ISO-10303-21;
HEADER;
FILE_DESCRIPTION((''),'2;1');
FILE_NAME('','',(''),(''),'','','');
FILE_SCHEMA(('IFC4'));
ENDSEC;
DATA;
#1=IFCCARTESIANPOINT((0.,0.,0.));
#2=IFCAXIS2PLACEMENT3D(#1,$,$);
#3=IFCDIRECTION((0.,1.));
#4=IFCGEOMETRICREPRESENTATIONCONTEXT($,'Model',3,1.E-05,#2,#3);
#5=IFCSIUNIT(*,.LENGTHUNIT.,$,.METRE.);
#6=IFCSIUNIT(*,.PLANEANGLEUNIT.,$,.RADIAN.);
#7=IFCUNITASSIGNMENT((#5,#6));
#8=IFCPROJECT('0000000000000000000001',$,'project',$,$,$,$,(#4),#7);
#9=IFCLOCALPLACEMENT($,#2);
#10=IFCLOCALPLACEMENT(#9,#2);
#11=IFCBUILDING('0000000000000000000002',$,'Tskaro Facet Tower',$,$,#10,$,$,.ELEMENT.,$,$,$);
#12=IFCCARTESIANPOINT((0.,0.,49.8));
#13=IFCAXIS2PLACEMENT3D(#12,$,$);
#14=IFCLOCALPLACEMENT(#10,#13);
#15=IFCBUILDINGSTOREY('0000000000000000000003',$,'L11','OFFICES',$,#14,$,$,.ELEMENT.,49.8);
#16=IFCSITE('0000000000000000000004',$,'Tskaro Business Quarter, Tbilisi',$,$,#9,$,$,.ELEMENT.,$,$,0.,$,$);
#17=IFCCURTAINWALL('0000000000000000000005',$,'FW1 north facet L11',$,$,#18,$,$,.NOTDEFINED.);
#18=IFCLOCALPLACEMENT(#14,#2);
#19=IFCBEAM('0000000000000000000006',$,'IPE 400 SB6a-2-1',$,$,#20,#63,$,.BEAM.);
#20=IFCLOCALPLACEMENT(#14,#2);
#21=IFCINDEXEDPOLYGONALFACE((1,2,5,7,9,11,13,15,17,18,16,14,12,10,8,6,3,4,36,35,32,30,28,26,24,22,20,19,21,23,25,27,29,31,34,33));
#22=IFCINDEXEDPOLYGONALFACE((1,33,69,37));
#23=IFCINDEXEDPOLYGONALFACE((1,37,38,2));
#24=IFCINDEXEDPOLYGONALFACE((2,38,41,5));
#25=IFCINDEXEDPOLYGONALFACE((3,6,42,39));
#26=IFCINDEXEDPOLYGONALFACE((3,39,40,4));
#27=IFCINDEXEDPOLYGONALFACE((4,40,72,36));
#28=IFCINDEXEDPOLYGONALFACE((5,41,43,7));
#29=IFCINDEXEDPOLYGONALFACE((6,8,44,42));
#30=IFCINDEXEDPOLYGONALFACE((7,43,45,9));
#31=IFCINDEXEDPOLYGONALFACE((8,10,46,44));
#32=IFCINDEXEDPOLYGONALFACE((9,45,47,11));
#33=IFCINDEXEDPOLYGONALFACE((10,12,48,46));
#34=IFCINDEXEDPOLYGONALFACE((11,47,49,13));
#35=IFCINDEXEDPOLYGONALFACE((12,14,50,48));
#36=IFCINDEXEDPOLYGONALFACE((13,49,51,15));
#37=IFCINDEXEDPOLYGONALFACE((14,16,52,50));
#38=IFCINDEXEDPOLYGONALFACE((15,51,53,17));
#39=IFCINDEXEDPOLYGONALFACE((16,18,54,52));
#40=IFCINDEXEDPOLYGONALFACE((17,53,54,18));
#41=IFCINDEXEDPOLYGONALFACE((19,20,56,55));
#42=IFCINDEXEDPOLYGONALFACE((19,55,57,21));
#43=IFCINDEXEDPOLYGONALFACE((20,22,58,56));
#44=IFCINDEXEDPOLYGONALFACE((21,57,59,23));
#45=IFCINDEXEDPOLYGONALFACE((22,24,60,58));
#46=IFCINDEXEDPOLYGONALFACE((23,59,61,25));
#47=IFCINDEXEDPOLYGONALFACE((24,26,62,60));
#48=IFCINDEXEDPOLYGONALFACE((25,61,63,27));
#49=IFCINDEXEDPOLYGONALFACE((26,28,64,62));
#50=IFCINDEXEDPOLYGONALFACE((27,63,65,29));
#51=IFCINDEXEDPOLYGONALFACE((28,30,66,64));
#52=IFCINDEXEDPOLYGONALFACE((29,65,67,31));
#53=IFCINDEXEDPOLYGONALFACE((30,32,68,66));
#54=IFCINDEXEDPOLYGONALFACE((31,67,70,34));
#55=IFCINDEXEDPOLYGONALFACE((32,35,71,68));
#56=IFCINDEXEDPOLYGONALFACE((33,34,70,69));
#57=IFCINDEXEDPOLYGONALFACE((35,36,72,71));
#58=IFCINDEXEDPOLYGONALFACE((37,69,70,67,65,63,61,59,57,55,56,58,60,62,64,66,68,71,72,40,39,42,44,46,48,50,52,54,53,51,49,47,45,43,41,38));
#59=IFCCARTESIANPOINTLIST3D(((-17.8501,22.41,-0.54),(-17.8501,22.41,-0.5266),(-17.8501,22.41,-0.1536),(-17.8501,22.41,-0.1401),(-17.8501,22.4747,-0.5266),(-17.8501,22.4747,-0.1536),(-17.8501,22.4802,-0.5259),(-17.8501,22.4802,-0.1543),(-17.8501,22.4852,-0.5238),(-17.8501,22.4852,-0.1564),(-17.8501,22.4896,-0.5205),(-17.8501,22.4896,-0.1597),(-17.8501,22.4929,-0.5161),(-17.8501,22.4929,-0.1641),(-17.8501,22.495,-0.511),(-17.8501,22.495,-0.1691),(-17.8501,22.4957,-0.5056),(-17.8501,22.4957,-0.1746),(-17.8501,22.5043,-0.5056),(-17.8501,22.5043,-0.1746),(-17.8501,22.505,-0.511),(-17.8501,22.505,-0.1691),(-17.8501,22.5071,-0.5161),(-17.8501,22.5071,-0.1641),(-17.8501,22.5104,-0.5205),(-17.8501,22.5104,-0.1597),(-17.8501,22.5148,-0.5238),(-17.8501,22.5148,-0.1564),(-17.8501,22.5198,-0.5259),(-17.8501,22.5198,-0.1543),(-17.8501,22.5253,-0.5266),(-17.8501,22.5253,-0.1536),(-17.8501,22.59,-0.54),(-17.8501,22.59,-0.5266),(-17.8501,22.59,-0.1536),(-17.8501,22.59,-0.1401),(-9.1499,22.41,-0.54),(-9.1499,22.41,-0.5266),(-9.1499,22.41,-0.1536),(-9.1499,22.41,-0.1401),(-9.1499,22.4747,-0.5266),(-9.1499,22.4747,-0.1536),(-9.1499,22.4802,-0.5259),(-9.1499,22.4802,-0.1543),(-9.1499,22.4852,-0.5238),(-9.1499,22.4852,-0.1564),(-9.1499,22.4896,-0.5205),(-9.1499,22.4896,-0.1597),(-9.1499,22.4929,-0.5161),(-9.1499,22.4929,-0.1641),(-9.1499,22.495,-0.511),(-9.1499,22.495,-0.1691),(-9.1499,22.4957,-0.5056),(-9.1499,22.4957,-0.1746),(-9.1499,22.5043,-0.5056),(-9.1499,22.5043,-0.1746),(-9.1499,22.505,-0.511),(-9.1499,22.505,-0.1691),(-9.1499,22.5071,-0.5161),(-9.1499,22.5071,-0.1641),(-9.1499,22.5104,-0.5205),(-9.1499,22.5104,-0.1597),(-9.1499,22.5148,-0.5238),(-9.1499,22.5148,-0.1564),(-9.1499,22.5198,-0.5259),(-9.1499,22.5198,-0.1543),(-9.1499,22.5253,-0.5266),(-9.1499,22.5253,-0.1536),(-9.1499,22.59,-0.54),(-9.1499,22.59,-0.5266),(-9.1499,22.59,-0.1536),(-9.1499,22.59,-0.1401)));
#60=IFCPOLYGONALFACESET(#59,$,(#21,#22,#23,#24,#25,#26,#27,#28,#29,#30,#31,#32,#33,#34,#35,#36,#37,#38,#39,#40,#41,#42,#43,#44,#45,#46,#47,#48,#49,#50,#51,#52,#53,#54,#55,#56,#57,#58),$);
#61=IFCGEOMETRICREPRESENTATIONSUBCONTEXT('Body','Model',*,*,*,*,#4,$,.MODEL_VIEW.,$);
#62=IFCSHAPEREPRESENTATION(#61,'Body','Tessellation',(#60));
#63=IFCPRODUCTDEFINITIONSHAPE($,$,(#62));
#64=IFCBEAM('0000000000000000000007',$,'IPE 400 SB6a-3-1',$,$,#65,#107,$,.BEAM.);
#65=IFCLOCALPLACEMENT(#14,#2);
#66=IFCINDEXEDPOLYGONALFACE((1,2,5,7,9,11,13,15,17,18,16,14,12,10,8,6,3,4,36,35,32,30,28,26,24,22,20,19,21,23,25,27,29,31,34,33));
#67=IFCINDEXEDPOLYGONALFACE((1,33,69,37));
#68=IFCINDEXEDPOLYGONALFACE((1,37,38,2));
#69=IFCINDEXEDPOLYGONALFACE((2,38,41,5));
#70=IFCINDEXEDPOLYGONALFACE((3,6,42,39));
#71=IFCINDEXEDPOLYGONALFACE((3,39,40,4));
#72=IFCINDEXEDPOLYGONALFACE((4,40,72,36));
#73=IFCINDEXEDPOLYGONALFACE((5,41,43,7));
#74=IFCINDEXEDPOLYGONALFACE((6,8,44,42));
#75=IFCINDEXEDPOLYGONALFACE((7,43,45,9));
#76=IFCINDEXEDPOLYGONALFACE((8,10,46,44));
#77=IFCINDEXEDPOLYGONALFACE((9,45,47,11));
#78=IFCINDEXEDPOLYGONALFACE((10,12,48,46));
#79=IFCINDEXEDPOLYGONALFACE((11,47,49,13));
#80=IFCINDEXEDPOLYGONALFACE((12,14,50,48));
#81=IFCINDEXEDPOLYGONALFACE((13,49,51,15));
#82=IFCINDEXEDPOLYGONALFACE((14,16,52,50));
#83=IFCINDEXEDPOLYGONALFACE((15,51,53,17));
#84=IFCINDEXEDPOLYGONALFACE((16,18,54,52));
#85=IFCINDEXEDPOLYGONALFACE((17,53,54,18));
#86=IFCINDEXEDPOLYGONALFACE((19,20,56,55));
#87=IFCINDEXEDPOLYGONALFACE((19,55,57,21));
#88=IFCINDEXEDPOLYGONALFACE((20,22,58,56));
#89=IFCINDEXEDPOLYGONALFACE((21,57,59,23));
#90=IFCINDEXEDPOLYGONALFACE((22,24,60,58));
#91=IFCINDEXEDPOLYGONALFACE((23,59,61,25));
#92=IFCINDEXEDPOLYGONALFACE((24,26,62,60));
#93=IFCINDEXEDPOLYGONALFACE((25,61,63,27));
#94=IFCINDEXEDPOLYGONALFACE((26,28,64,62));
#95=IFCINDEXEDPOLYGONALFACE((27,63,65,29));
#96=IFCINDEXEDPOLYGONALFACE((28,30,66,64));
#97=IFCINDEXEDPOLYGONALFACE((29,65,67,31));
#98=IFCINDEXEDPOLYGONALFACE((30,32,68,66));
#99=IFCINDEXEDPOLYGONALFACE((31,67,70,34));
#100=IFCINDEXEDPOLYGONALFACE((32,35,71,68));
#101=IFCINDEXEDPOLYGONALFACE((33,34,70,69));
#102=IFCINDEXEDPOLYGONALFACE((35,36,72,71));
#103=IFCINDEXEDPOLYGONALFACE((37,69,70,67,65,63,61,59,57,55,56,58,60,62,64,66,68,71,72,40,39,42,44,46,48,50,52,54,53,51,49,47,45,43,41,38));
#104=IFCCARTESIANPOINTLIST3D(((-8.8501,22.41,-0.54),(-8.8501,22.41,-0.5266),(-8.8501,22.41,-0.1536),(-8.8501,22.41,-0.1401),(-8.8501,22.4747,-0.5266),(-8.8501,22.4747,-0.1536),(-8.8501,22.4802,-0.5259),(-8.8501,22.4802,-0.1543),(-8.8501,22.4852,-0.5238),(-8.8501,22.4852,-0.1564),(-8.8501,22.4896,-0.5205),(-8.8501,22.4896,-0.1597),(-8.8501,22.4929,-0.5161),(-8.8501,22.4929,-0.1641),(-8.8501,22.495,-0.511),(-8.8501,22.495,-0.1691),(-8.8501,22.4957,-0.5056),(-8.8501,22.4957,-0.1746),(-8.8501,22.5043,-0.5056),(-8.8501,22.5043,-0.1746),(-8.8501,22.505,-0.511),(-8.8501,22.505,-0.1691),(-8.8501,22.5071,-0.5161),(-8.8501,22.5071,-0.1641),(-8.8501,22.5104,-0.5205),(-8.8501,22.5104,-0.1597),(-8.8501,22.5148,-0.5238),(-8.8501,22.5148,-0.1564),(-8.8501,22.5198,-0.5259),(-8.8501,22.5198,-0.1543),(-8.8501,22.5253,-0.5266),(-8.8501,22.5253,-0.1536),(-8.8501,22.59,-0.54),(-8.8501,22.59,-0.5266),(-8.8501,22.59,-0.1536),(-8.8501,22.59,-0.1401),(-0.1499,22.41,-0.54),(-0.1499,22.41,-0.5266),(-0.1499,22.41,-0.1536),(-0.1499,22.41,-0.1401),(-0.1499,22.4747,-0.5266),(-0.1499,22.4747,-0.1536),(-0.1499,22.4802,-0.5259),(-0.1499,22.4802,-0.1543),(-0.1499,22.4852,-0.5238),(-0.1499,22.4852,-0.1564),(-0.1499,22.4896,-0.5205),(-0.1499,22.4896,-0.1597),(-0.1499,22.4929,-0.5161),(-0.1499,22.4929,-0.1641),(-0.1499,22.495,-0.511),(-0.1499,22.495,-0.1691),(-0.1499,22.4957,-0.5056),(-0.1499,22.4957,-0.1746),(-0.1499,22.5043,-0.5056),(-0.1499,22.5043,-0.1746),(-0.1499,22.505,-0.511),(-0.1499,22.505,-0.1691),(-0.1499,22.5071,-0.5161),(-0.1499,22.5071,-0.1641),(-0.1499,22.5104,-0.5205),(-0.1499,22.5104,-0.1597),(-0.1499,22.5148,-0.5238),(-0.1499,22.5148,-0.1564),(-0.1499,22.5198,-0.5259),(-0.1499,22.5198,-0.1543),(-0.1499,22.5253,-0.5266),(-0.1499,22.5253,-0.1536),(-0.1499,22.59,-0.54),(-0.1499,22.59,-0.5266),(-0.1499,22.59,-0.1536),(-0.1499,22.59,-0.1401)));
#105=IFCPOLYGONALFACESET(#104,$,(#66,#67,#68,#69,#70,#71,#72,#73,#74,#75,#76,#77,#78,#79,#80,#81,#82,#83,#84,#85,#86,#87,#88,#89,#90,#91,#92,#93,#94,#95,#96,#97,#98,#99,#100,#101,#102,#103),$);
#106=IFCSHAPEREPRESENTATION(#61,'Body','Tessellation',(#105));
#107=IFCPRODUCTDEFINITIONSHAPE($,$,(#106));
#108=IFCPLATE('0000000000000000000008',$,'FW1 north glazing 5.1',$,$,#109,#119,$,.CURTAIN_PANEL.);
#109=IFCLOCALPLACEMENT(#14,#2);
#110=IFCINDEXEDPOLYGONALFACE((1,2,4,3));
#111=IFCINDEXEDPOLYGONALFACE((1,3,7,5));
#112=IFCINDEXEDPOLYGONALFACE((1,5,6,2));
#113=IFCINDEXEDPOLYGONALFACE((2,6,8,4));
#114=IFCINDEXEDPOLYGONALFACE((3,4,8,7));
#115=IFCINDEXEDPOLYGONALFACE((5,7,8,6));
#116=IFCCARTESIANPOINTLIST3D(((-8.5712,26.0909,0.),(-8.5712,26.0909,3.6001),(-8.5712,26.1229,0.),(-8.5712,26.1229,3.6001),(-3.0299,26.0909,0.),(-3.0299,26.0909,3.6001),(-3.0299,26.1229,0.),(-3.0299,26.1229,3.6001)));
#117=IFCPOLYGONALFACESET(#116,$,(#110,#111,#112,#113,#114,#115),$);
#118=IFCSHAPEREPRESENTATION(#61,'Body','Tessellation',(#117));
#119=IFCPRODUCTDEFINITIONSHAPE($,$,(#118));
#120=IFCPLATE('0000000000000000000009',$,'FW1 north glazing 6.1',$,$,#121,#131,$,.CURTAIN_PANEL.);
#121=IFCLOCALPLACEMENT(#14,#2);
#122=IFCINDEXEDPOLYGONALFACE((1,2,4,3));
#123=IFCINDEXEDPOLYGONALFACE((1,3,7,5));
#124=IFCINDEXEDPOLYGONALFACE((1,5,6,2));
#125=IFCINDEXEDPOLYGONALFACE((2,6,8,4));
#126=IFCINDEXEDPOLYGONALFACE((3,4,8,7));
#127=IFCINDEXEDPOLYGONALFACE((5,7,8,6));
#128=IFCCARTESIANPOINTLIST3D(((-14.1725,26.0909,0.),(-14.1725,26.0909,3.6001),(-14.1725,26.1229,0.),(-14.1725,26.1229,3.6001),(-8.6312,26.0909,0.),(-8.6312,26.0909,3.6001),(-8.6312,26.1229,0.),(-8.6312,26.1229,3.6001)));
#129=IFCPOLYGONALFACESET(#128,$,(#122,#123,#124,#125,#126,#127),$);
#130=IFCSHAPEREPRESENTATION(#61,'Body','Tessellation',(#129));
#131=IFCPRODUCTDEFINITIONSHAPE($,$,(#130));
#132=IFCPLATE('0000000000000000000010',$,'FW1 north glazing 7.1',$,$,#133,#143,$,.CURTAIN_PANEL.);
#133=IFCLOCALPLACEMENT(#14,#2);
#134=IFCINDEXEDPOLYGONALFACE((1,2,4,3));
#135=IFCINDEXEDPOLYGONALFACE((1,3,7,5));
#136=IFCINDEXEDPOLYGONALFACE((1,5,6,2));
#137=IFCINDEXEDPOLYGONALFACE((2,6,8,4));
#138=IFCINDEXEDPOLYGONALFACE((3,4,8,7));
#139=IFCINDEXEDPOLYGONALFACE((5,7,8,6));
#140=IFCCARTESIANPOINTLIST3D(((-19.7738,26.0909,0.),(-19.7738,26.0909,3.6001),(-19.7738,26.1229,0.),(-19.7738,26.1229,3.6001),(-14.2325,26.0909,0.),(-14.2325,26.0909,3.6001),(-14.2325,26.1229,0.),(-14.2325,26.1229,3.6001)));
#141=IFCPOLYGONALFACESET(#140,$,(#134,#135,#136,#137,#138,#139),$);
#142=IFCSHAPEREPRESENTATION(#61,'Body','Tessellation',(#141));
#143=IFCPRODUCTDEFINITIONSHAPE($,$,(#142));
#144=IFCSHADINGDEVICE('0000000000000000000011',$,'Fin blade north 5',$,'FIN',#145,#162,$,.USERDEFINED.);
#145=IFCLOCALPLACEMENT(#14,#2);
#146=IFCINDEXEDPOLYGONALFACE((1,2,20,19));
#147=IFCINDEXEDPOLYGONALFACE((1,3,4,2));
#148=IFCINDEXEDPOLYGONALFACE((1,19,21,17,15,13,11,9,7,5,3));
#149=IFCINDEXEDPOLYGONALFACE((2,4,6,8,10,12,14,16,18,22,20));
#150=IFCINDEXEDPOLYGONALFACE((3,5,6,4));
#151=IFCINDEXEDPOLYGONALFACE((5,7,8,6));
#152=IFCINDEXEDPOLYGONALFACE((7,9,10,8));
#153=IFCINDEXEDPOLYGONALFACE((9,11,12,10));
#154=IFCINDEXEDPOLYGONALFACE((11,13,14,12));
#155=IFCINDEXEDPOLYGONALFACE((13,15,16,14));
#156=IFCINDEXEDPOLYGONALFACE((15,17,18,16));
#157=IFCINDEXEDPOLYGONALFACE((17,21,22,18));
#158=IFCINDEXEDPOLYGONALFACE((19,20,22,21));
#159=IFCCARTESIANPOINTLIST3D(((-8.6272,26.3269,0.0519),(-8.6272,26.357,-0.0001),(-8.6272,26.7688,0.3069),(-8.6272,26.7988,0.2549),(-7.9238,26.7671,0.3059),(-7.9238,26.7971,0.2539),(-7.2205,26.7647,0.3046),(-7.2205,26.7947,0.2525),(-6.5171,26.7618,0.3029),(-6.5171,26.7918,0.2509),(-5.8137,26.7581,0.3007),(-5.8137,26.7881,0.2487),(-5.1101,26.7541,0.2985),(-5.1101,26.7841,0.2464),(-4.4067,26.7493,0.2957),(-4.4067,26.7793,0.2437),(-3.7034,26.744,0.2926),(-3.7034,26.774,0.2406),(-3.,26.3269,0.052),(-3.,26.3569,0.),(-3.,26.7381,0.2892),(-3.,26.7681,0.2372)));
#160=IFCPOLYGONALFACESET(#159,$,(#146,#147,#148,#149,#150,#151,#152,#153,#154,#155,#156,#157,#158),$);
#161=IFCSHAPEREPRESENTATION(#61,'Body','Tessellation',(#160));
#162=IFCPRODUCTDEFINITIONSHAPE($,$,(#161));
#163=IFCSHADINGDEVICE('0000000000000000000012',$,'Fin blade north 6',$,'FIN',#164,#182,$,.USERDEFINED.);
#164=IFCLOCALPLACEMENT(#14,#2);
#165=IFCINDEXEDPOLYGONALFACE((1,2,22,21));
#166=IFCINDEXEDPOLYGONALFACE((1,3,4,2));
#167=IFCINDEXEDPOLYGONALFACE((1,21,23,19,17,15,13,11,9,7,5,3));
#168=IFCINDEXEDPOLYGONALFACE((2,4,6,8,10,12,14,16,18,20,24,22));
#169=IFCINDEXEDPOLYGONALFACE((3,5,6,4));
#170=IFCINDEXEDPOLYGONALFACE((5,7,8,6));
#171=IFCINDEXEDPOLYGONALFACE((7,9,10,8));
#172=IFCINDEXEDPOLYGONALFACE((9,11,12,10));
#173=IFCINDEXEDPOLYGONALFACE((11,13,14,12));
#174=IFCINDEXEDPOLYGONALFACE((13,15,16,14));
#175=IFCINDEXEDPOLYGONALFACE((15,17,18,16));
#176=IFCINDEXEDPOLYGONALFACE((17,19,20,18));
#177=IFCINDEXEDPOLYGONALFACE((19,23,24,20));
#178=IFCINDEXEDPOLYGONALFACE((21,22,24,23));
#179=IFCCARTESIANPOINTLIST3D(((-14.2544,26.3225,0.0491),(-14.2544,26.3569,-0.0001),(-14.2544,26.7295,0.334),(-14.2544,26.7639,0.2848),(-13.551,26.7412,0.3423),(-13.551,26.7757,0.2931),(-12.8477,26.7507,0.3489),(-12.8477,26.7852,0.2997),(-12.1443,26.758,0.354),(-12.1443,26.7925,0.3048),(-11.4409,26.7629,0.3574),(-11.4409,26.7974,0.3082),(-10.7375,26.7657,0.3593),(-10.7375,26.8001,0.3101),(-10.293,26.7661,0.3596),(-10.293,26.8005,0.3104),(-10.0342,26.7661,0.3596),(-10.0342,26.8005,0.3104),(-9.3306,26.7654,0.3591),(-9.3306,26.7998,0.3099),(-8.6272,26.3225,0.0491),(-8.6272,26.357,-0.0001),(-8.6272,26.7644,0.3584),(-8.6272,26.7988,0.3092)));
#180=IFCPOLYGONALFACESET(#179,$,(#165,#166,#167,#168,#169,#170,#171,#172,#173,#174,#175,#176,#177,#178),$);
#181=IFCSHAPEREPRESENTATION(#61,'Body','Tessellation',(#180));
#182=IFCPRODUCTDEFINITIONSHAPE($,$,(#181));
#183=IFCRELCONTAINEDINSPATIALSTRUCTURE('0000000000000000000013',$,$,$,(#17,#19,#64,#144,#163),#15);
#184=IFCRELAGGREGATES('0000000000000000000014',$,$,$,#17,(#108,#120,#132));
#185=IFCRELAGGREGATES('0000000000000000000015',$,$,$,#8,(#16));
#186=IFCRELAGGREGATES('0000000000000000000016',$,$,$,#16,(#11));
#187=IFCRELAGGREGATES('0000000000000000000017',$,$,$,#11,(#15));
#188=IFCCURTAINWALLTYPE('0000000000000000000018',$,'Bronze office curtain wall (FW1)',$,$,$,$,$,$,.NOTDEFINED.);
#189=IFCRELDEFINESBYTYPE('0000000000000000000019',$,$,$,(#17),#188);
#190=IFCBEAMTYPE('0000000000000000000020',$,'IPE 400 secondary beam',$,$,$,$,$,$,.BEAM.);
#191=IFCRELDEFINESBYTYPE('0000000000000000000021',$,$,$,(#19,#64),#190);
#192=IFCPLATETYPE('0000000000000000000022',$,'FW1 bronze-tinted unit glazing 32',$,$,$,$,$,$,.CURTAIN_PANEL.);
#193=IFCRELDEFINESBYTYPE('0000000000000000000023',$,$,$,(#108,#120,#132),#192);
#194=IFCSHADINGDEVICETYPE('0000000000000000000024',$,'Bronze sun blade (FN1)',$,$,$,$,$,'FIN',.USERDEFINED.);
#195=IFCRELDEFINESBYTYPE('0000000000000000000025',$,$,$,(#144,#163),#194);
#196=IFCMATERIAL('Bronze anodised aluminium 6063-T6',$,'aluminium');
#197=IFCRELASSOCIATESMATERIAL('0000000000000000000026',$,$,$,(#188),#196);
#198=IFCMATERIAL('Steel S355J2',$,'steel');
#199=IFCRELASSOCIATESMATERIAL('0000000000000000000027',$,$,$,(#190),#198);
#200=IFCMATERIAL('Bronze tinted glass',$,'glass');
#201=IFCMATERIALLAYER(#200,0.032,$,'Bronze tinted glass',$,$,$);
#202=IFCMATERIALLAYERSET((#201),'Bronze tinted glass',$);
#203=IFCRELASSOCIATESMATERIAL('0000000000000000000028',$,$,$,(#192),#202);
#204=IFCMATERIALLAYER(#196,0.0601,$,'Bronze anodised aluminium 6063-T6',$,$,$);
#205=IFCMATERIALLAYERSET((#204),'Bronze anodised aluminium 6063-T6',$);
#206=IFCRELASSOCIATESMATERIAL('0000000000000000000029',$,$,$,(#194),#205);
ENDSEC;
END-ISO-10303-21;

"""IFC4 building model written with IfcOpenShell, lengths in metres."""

from ifc_helpers import new_model, si_unit, direction, frame, origin, origin_2d, place, context, subcontext, project, spatial, polyline, rectangle, i_section, outline, extrude, material, layer, layer_set, material_profile, profile_set, type_object, element, aggregate, save


model = new_model("IFC4")

# Units and contexts
model_context = context("Model", 3, precision=1e-05, world=origin(), true_north=direction((0.0, 1.0)))
body_context = subcontext(model_context, "Body", "Model", "MODEL_VIEW")
ifc_project = project(units=[si_unit("LENGTHUNIT", "METRE"), si_unit("PLANEANGLEUNIT", "RADIAN")], contexts=[model_context])

# Site, building, storey
site_placement = place(None, origin())
site = spatial("IfcSite", under=ifc_project, at=site_placement, Name="Tskaro Business Quarter, Tbilisi", CompositionType="ELEMENT", RefElevation=0.0)
building_placement = place(site_placement, origin())
building = spatial("IfcBuilding", under=site, at=building_placement, Name="Tskaro Facet Tower", CompositionType="ELEMENT")
storey_placement = place(building_placement, frame((0.0, 0.0, 49.8)))
storey = spatial("IfcBuildingStorey", under=building, at=storey_placement, Name="L11", Description="OFFICES", CompositionType="ELEMENT", Elevation=49.8)

# Curtain wall
ifc_material_1 = material(Name="Bronze anodised aluminium 6063-T6", Category="aluminium")
curtain_wall_type = type_object("IfcCurtainWallType", Name="Bronze office curtain wall (FW1)", PredefinedType="NOTDEFINED", material=ifc_material_1)
curtain_wall_placement = place(storey_placement, origin())
curtain_wall = element("IfcCurtainWall", 1, at=curtain_wall_placement, inside=storey, type_object=curtain_wall_type, Name="FW1 north facet L11", PredefinedType="NOTDEFINED")

# Beams
ifc_material_2 = material(Name="Steel S355J2", Category="steel")
ifc_material_profile_1 = material_profile(ifc_material_2, i_section(OverallWidth=0.1799, OverallDepth=0.3999, WebThickness=0.0085, FlangeThickness=0.0134, FilletRadius=0.021, at=origin_2d()), Name="IPE 400")
ifc_profile_set_1 = profile_set([ifc_material_profile_1], Name="Steel S355J2")
beam_type_1 = type_object("IfcBeamType", Name="IPE 400 secondary beam", PredefinedType="BEAM", material=ifc_profile_set_1)
for number, where, z_axis, x_axis, name in (
    (2, (-17.8501, 22.5, -0.3401), (1.0, 0.0, 0.0), (0.0, 1.0, 0.0), "IPE 400 SB6a-2-1"),
    (3, (-8.8501, 22.5, -0.3401), (1.0, 0.0, 0.0), (0.0, 1.0, 0.0), "IPE 400 SB6a-3-1"),
):
    element("IfcBeam", number, at=place(storey_placement, frame(where, z_axis=z_axis, x_axis=x_axis)), inside=storey, type_object=beam_type_1, Name=name, PredefinedType="BEAM", context=body_context, shape_type="SweptSolid", body=[
        extrude(i_section(OverallWidth=0.1799, OverallDepth=0.3999, WebThickness=0.0085, FlangeThickness=0.0134, FilletRadius=0.021, at=origin_2d()), origin(), (0.0, 0.0, 1.0), 8.7002),
    ])

# Plates
ifc_material_3 = material(Name="Bronze tinted glass", Category="glass")
ifc_layer_1 = layer(ifc_material_3, 0.032, Name="Bronze tinted glass")
ifc_layer_set_1 = layer_set([ifc_layer_1], Name="Bronze tinted glass")
plate_type = type_object("IfcPlateType", Name="FW1 bronze-tinted unit glazing 32", PredefinedType="CURTAIN_PANEL", material=ifc_layer_set_1)
plate_1_placement = place(storey_placement, frame((-5.8005, 26.1069, 0.0), z_axis=(0.0, 0.0, 1.0), x_axis=(-1.0, 0.0, 0.0)))
plate_1 = element("IfcPlate", 4, at=plate_1_placement, type_object=plate_type, Name="FW1 north glazing 5.1", PredefinedType="CURTAIN_PANEL", context=body_context, shape_type="SweptSolid", body=[
    extrude(rectangle(XDim=5.5413, YDim=0.032, at=origin_2d()), origin(), (0.0, 0.0, 1.0), 3.6001),
])
plate_2_placement = place(storey_placement, frame((-11.4019, 26.1069, 0.0), z_axis=(0.0, 0.0, 1.0), x_axis=(-1.0, 0.0, 0.0)))
plate_2 = element("IfcPlate", 5, at=plate_2_placement, type_object=plate_type, Name="FW1 north glazing 6.1", PredefinedType="CURTAIN_PANEL", context=body_context, shape_type="SweptSolid", body=[
    extrude(rectangle(XDim=5.5413, YDim=0.032, at=origin_2d()), origin(), (0.0, 0.0, 1.0), 3.6001),
])
plate_3_placement = place(storey_placement, frame((-17.0032, 26.1069, 0.0), z_axis=(0.0, 0.0, 1.0), x_axis=(-1.0, 0.0, 0.0)))
plate_3 = element("IfcPlate", 6, at=plate_3_placement, type_object=plate_type, Name="FW1 north glazing 7.1", PredefinedType="CURTAIN_PANEL", context=body_context, shape_type="SweptSolid", body=[
    extrude(rectangle(XDim=5.5413, YDim=0.032, at=origin_2d()), origin(), (0.0, 0.0, 1.0), 3.6001),
])
aggregate(curtain_wall, [plate_1, plate_2, plate_3])

# Shading devices
ifc_layer_2 = layer(ifc_material_1, 0.0601, Name="Bronze anodised aluminium 6063-T6")
ifc_layer_set_2 = layer_set([ifc_layer_2], Name="Bronze anodised aluminium 6063-T6")
shading_device_type = type_object("IfcShadingDeviceType", Name="Bronze sun blade (FN1)", ElementType="FIN", PredefinedType="USERDEFINED", material=ifc_layer_set_2)
shading_device_1_placement = place(storey_placement, frame((-3.0, 26.3269, 0.052), z_axis=(-0.000013, -0.499772, 0.866157), x_axis=(-1.0, 0.000007, -0.000011)))
element("IfcShadingDevice", 7, at=shading_device_1_placement, inside=storey, type_object=shading_device_type, Name="Fin blade north 5", ObjectType="FIN", PredefinedType="USERDEFINED", context=body_context, shape_type="SweptSolid", body=[
    extrude(outline(polyline([(0.0, 0.0), (5.6272, 0.0), (5.6272, -0.5101), (4.9238, -0.5082), (4.2205, -0.5054), (3.5171, -0.502), (2.8137, -0.4978), (2.1101, -0.4932), (1.4067, -0.4876), (0.7034, -0.4815), (0.0, -0.4747), (0.0, 0.0)])), origin(), (0.0, 0.0, -1.0), 0.0601),
])
shading_device_2_placement = place(storey_placement, frame((-8.6272, 26.3225, 0.0491), z_axis=(0.000002, -0.573535, 0.819181), x_axis=(-1.0, -0.000001, 0.000002)))
element("IfcShadingDevice", 8, at=shading_device_2_placement, inside=storey, type_object=shading_device_type, Name="Fin blade north 6", ObjectType="FIN", PredefinedType="USERDEFINED", context=body_context, shape_type="SweptSolid", body=[
    extrude(outline(polyline([(0.0, 0.0), (5.6272, 0.0), (5.6272, -0.4968), (4.9238, -0.5112), (4.2205, -0.5227), (3.5171, -0.5317), (2.8137, -0.5376), (2.1104, -0.541), (1.6658, -0.5415), (1.407, -0.5415), (0.7034, -0.5406), (0.0, -0.5394), (0.0, 0.0)])), origin(), (0.0, 0.0, -1.0), 0.0601),
])

save(model, "model.ifc")
